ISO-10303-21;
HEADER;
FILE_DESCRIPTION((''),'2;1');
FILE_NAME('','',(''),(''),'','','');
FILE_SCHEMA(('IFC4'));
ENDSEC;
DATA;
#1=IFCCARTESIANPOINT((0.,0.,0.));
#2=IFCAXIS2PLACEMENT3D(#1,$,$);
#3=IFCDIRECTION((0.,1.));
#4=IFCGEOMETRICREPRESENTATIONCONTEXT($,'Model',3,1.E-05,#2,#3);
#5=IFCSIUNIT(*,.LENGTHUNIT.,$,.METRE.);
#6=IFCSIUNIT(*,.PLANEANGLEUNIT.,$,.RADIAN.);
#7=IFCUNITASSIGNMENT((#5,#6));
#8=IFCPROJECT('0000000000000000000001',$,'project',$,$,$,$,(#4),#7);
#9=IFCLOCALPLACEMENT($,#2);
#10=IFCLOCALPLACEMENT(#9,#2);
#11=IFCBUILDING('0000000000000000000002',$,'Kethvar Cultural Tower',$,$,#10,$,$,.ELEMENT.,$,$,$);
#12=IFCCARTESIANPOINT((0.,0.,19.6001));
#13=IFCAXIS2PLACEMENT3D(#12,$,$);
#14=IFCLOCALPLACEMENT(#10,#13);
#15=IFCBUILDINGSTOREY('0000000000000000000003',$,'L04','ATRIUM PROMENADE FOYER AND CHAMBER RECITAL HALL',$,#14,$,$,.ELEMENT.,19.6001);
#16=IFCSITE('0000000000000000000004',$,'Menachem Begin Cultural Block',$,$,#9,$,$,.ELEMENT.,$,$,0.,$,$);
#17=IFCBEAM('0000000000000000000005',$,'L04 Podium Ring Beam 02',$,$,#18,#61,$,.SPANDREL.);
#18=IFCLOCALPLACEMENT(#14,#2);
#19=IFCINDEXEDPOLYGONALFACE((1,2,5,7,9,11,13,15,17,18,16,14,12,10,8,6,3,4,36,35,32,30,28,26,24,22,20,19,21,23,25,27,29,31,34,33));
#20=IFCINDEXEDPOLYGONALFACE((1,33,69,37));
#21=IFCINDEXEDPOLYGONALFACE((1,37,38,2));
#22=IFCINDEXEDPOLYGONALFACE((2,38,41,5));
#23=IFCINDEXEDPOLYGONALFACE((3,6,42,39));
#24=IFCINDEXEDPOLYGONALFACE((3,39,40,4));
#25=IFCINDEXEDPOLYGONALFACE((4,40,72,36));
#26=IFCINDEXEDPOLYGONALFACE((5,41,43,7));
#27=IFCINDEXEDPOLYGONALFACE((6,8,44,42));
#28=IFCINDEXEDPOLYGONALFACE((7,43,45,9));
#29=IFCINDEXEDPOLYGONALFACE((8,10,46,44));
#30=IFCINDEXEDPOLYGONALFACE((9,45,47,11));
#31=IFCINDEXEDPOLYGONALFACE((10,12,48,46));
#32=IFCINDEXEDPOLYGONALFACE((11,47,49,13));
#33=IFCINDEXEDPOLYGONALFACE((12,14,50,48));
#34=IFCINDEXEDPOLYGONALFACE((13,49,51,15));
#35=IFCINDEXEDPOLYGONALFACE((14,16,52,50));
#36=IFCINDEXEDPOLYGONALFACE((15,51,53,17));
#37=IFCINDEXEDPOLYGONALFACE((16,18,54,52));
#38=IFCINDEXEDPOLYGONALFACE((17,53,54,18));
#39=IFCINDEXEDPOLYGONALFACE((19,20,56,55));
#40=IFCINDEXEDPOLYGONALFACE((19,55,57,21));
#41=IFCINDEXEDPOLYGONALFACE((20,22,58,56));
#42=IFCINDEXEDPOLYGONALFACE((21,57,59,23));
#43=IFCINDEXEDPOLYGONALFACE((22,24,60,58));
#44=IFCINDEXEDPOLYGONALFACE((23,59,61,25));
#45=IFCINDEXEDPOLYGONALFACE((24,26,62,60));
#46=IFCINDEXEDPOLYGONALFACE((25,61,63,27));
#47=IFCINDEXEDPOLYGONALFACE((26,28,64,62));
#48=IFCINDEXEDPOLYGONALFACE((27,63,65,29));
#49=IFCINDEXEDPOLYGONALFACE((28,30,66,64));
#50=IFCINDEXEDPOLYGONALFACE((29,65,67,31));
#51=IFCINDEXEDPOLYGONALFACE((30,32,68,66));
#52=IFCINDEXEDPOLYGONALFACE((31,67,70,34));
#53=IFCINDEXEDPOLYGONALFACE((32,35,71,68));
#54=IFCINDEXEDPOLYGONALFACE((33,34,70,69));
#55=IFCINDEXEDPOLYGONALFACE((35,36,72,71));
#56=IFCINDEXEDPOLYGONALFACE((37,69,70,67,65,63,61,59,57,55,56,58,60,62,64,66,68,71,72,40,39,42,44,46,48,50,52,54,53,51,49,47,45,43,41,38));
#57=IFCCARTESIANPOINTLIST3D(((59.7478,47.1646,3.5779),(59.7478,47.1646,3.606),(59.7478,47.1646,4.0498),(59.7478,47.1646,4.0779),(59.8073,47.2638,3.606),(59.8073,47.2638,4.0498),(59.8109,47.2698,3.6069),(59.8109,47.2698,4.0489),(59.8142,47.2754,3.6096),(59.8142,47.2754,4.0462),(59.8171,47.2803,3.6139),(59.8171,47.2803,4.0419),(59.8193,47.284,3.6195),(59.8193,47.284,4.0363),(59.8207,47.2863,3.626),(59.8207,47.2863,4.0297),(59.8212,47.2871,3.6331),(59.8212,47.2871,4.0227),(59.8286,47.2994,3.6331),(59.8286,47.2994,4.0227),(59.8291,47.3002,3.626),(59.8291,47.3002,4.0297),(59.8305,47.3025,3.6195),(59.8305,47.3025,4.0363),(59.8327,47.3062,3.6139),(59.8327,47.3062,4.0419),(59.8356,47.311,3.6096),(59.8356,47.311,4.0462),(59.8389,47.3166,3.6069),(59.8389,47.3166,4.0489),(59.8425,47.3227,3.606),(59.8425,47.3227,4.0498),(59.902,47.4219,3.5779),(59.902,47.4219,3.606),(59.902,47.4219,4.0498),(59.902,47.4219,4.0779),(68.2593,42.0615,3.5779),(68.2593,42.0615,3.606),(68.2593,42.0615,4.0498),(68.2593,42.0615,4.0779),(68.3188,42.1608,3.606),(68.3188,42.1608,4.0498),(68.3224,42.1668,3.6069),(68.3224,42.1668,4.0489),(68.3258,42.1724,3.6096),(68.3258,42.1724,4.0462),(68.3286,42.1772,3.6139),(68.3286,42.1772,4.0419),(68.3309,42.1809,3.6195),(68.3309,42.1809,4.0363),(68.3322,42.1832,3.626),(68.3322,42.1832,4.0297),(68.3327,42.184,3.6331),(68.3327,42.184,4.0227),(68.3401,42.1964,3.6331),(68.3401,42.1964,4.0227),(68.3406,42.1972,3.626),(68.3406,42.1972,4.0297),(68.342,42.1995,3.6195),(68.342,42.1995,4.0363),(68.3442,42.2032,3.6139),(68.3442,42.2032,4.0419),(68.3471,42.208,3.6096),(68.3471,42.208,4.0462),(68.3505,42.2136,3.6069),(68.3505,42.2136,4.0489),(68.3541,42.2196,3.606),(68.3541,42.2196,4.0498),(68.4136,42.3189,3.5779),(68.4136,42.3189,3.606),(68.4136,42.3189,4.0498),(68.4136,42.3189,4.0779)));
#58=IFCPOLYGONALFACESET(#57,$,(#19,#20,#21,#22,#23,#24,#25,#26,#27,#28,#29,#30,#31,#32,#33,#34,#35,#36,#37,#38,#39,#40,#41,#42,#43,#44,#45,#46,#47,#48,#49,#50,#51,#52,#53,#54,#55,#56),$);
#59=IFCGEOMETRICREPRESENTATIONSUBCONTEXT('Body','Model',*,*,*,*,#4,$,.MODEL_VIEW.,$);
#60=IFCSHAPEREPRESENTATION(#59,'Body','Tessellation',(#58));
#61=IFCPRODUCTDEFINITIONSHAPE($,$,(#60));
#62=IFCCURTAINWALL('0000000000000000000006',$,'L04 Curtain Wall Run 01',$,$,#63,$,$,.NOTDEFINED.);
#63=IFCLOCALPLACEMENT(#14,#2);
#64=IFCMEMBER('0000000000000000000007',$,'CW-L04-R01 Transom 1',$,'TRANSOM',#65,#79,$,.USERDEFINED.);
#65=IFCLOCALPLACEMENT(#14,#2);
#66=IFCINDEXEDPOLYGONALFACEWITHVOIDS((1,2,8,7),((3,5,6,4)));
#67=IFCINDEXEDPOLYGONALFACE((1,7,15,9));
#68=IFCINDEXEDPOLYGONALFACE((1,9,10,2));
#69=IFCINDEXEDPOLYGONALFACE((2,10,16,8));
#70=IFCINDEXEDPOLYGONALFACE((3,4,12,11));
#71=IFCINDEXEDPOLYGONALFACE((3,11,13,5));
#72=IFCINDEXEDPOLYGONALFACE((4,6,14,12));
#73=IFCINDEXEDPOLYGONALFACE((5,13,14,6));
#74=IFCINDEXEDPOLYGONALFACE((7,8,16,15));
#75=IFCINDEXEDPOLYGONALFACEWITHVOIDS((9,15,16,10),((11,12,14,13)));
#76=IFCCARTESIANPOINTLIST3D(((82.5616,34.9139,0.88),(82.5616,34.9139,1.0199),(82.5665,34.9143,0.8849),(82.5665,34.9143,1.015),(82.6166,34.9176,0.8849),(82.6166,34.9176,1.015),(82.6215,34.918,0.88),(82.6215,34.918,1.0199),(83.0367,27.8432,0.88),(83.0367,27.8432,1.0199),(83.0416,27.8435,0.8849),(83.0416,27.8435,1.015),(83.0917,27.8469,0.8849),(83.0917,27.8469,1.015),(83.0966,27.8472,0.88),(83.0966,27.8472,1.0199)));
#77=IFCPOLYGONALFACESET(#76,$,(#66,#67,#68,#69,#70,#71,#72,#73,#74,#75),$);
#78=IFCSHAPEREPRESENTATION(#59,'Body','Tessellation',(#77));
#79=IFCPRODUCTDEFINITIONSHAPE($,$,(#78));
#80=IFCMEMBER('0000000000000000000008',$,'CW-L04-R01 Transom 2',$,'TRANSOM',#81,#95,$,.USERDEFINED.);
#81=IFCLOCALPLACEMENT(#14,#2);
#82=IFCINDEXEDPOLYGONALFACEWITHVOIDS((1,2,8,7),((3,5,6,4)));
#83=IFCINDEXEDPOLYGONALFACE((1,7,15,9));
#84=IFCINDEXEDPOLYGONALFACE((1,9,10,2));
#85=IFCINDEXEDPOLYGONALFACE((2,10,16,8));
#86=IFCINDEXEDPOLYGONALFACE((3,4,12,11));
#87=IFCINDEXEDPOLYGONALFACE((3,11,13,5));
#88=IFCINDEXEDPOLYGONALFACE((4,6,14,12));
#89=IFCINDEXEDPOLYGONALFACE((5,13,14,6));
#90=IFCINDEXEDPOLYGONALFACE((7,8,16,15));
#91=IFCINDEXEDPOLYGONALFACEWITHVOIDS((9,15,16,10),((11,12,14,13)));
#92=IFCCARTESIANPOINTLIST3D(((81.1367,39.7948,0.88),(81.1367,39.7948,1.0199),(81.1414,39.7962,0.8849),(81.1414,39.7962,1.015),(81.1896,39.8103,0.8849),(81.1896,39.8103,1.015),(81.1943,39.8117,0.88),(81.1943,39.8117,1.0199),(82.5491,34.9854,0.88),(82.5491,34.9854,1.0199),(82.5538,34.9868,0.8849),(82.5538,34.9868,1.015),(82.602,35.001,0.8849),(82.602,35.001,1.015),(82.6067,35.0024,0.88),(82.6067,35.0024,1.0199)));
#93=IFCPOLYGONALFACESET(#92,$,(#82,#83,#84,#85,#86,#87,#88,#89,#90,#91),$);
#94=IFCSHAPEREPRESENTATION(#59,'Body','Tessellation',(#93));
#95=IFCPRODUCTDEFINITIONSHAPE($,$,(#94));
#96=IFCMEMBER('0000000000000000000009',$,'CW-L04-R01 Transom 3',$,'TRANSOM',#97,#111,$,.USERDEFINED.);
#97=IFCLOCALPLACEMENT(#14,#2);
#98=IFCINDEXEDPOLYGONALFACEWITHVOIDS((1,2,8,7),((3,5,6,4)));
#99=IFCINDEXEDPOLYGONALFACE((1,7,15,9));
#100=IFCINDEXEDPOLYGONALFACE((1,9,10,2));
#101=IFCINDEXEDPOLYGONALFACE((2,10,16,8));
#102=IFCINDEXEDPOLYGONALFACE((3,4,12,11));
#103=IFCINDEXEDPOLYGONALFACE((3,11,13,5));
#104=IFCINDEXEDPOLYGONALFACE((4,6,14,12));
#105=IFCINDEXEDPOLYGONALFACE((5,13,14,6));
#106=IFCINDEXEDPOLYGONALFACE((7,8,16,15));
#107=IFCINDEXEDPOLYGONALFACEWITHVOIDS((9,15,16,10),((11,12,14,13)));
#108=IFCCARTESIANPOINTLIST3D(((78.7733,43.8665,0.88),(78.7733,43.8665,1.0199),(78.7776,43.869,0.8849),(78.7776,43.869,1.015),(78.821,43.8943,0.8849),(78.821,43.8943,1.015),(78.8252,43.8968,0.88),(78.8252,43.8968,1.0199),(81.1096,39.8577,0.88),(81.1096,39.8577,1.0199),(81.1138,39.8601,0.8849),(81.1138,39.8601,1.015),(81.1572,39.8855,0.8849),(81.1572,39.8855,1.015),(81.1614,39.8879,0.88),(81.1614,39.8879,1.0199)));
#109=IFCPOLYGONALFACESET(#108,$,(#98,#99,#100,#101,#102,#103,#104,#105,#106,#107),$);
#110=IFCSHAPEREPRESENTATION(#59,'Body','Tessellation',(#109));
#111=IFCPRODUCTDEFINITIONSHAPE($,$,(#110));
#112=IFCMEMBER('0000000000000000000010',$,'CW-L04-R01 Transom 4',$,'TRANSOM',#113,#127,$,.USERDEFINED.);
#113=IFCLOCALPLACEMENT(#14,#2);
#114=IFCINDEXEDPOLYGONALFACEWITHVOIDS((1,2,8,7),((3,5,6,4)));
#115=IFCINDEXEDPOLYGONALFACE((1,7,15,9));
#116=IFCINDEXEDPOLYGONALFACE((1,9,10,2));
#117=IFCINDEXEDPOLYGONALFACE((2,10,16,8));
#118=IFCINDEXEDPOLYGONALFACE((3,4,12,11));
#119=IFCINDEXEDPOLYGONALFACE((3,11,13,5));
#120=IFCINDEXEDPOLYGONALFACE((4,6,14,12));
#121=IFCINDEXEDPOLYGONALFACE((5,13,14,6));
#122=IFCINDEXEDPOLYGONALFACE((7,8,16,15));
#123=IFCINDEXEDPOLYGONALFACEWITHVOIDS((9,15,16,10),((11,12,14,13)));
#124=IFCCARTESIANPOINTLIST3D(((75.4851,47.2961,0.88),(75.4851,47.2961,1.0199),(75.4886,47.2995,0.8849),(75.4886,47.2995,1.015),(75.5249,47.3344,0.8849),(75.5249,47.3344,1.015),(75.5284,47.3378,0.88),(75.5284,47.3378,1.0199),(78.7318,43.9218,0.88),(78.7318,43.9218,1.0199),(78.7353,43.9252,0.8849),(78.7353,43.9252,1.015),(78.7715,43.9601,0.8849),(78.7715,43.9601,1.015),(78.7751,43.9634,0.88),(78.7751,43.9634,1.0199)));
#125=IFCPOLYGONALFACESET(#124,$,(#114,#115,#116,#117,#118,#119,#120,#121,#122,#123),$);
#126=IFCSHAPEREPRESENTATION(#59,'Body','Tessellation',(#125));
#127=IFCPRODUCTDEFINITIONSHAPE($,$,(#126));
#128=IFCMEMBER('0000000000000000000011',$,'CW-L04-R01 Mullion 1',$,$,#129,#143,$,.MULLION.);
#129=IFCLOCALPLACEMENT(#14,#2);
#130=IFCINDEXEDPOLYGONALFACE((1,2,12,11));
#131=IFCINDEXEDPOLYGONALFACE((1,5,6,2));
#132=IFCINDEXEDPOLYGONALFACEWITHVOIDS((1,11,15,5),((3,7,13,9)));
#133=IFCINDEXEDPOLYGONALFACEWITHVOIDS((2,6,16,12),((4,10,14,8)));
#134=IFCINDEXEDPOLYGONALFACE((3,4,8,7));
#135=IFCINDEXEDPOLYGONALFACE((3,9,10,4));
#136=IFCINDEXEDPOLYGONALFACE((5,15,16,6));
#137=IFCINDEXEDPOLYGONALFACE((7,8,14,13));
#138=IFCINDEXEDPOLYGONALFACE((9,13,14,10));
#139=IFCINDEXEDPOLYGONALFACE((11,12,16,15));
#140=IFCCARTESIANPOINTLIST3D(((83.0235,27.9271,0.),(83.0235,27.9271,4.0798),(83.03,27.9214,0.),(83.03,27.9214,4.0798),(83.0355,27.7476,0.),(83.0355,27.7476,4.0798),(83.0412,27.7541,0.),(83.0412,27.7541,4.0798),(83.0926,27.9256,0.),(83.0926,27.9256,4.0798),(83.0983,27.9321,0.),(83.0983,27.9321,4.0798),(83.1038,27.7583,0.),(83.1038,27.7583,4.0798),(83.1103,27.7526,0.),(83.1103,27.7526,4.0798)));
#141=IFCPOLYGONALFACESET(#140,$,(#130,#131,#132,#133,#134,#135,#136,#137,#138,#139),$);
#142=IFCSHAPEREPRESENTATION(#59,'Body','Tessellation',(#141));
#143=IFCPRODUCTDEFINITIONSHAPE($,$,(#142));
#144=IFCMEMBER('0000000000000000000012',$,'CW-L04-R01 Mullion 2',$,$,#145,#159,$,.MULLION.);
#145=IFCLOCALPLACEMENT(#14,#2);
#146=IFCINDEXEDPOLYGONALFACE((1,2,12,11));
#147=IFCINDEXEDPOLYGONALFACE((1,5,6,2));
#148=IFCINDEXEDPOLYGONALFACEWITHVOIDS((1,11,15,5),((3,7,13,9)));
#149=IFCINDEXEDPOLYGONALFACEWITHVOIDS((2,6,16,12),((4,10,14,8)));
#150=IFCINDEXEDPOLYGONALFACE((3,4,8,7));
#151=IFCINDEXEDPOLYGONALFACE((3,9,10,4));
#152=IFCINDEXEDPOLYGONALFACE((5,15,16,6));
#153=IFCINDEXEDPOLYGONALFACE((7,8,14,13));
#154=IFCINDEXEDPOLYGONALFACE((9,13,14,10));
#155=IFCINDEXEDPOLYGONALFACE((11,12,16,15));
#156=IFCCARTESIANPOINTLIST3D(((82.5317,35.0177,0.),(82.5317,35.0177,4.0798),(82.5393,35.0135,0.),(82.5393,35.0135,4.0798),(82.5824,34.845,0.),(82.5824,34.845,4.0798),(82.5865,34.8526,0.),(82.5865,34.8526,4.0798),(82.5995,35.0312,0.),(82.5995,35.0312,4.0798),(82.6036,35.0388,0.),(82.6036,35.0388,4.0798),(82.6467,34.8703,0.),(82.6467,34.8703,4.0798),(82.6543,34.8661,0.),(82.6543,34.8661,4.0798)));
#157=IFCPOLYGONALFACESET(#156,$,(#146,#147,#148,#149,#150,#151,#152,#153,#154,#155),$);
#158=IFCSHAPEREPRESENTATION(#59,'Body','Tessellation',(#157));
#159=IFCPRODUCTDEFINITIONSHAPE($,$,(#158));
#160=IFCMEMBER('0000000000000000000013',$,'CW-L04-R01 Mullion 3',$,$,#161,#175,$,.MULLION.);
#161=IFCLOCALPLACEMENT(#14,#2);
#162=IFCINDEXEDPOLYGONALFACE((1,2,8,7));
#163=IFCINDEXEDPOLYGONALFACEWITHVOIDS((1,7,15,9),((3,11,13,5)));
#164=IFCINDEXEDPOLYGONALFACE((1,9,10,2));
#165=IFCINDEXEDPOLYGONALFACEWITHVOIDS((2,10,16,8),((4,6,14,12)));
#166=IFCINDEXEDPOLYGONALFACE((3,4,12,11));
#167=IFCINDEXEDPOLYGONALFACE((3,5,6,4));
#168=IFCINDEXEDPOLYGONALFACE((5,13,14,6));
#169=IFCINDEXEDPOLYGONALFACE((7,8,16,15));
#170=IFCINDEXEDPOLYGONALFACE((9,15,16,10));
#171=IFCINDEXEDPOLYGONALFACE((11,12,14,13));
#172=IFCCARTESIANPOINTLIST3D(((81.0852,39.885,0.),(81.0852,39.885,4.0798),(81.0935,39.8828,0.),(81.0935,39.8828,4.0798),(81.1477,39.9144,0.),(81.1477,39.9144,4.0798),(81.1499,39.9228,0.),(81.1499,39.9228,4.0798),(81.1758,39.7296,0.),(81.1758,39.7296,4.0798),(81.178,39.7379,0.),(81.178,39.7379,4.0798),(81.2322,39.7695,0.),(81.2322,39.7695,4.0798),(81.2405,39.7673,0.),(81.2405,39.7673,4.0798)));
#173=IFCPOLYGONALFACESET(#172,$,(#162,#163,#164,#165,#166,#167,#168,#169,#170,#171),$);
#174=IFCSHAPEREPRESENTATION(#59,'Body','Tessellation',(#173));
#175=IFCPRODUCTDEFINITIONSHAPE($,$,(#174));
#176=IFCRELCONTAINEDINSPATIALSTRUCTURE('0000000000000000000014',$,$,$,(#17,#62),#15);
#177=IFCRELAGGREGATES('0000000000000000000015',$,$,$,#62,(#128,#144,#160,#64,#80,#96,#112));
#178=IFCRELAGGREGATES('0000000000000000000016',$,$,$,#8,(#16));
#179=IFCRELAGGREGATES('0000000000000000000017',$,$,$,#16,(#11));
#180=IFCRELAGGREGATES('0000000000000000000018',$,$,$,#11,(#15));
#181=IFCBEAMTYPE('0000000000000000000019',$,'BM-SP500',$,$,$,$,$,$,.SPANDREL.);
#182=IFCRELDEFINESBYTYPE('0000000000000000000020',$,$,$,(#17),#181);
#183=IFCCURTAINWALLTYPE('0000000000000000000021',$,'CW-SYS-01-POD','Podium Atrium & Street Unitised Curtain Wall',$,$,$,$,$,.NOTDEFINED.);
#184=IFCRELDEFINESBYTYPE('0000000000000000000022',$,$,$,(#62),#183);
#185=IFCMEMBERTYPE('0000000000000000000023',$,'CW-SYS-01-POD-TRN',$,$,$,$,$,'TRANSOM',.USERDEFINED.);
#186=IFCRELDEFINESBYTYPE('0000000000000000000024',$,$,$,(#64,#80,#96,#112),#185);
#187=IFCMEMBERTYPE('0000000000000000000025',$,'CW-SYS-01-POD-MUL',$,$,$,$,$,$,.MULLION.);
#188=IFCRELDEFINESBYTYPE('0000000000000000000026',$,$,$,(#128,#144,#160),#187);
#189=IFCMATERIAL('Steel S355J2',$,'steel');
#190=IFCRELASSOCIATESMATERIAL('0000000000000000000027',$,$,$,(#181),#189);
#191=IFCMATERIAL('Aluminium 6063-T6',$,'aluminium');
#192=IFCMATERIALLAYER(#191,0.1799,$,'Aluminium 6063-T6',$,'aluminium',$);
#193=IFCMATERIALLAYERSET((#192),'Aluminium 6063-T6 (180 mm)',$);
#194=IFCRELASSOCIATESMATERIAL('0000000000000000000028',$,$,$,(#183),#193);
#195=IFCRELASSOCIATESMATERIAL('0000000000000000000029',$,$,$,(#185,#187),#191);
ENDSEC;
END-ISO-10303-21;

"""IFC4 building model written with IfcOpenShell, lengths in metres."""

from ifc_helpers import new_model, si_unit, direction, frame, origin, origin_2d, place, context, subcontext, project, spatial, hollow_rectangle, i_section, extrude, source, transform, mapped, material, layer, layer_set, material_profile, profile_set, type_object, element, aggregate, save


model = new_model("IFC4")

# Units and contexts
model_context = context("Model", 3, precision=1e-05, world=origin(), true_north=direction((0.0, 1.0)))
body_context = subcontext(model_context, "Body", "Model", "MODEL_VIEW")
ifc_project = project(units=[si_unit("LENGTHUNIT", "METRE"), si_unit("PLANEANGLEUNIT", "RADIAN")], contexts=[model_context])

# Site, building, storey
site_placement = place(None, origin())
site = spatial("IfcSite", under=ifc_project, at=site_placement, Name="Menachem Begin Cultural Block", CompositionType="ELEMENT", RefElevation=0.0)
building_placement = place(site_placement, origin())
building = spatial("IfcBuilding", under=site, at=building_placement, Name="Kethvar Cultural Tower", CompositionType="ELEMENT")
storey_placement = place(building_placement, frame((0.0, 0.0, 19.6001)))
storey = spatial("IfcBuildingStorey", under=building, at=storey_placement, Name="L04", Description="ATRIUM PROMENADE FOYER AND CHAMBER RECITAL HALL", CompositionType="ELEMENT", Elevation=19.6001)

# Beam
ifc_material_1 = material(Name="Steel S355J2", Category="steel")
ifc_material_profile_1 = material_profile(ifc_material_1, i_section(OverallWidth=0.3, OverallDepth=0.5, WebThickness=0.0144, FlangeThickness=0.0281, FilletRadius=0.0271, at=origin_2d()), Name="Steel S355J2 — HEB500")
ifc_profile_set_1 = profile_set([ifc_material_profile_1], Name="Steel S355J2 — HEB500")
beam_type = type_object("IfcBeamType", Name="BM-SP500", PredefinedType="SPANDREL", material=ifc_profile_set_1)
shared_shape_1 = source(origin(), body_context, "Body", "SweptSolid", [
    extrude(i_section(OverallWidth=0.3, OverallDepth=0.5, WebThickness=0.0144, FlangeThickness=0.0281, FilletRadius=0.0271, at=origin_2d()), origin(), (0.0, 0.0, 1.0), 9.9241),
])
beam_1_placement = place(storey_placement, frame((68.3364, 42.1902, 3.8279), z_axis=(-0.857664, 0.51421, 0.0), x_axis=(-0.51421, -0.857664, 0.0)))
element("IfcBeam", 1, at=beam_1_placement, inside=storey, type_object=beam_type, Name="L04 Podium Ring Beam 02", PredefinedType="SPANDREL", context=body_context, shape_type="MappedRepresentation", body=[
    mapped(shared_shape_1, transform((0.0, 0.0, 0.0), scale=1.0)),
])

# Curtain wall, members
ifc_material_2 = material(Name="Aluminium 6063-T6", Category="aluminium")
ifc_layer_1 = layer(ifc_material_2, 0.1799, Name="Aluminium 6063-T6", Category="aluminium")
ifc_layer_set_1 = layer_set([ifc_layer_1], Name="Aluminium 6063-T6 (180 mm)")
curtain_wall_type = type_object("IfcCurtainWallType", Name="CW-SYS-01-POD", Description="Podium Atrium & Street Unitised Curtain Wall", PredefinedType="NOTDEFINED", material=ifc_layer_set_1)
curtain_wall_1_placement = place(storey_placement, origin())
curtain_wall_1 = element("IfcCurtainWall", 2, at=curtain_wall_1_placement, inside=storey, type_object=curtain_wall_type, Name="L04 Curtain Wall Run 01", PredefinedType="NOTDEFINED")
ifc_material_profile_2 = material_profile(ifc_material_2, hollow_rectangle(XDim=0.0601, YDim=0.1399, WallThickness=0.0049, at=origin_2d()), Name="Aluminium 6063-T6 — RHS140x60x5")
ifc_profile_set_2 = profile_set([ifc_material_profile_2], Name="Aluminium 6063-T6 — RHS140x60x5")
member_type_1 = type_object("IfcMemberType", Name="CW-SYS-01-POD-TRN", ElementType="TRANSOM", PredefinedType="USERDEFINED", material=ifc_profile_set_2)
shared_shape_2 = source(origin(), body_context, "Body", "SweptSolid", [
    extrude(hollow_rectangle(XDim=0.0601, YDim=0.1399, WallThickness=0.0049, at=origin_2d()), origin(), (0.0, 0.0, 1.0), 7.0867),
])
member_1_placement = place(storey_placement, frame((83.0667, 27.8452, 0.95), z_axis=(-0.06704, 0.99775, 0.0), x_axis=(-0.99775, -0.06704, 0.0)))
member_1 = element("IfcMember", 3, at=member_1_placement, type_object=member_type_1, Name="CW-L04-R01 Transom 1", ObjectType="TRANSOM", PredefinedType="USERDEFINED", context=body_context, shape_type="MappedRepresentation", body=[
    mapped(shared_shape_2, transform((0.0, 0.0, 0.0), scale=1.0)),
])
shared_shape_3 = source(origin(), body_context, "Body", "SweptSolid", [
    extrude(hollow_rectangle(XDim=0.0601, YDim=0.1399, WallThickness=0.0049, at=origin_2d()), origin(), (0.0, 0.0, 1.0), 5.0125),
])
member_2_placement = place(storey_placement, frame((82.5779, 34.9939, 0.95), z_axis=(-0.281771, 0.959482, 0.0), x_axis=(-0.959482, -0.281771, 0.0)))
member_2 = element("IfcMember", 4, at=member_2_placement, type_object=member_type_1, Name="CW-L04-R01 Transom 2", ObjectType="TRANSOM", PredefinedType="USERDEFINED", context=body_context, shape_type="MappedRepresentation", body=[
    mapped(shared_shape_3, transform((0.0, 0.0, 0.0), scale=1.0)),
])
shared_shape_4 = source(origin(), body_context, "Body", "SweptSolid", [
    extrude(hollow_rectangle(XDim=0.0601, YDim=0.1399, WallThickness=0.0049, at=origin_2d()), origin(), (0.0, 0.0, 1.0), 4.6399),
])
member_3_placement = place(storey_placement, frame((81.1355, 39.8728, 0.95), z_axis=(-0.503505, 0.863993, 0.0), x_axis=(-0.863993, -0.503505, 0.0)))
member_3 = element("IfcMember", 5, at=member_3_placement, type_object=member_type_1, Name="CW-L04-R01 Transom 3", ObjectType="TRANSOM", PredefinedType="USERDEFINED", context=body_context, shape_type="MappedRepresentation", body=[
    mapped(shared_shape_4, transform((0.0, 0.0, 0.0), scale=1.0)),
])
shared_shape_5 = source(origin(), body_context, "Body", "SweptSolid", [
    extrude(hollow_rectangle(XDim=0.0601, YDim=0.1399, WallThickness=0.0049, at=origin_2d()), origin(), (0.0, 0.0, 1.0), 4.6826),
])
member_4_placement = place(storey_placement, frame((78.7534, 43.9426, 0.95), z_axis=(-0.693341, 0.72061, 0.0), x_axis=(-0.72061, -0.693341, 0.0)))
member_4 = element("IfcMember", 6, at=member_4_placement, type_object=member_type_1, Name="CW-L04-R01 Transom 4", ObjectType="TRANSOM", PredefinedType="USERDEFINED", context=body_context, shape_type="MappedRepresentation", body=[
    mapped(shared_shape_5, transform((0.0, 0.0, 0.0), scale=1.0)),
])
ifc_material_profile_3 = material_profile(ifc_material_2, hollow_rectangle(XDim=0.075, YDim=0.1799, WallThickness=0.0061, at=origin_2d()), Name="Aluminium 6063-T6 — RHS180x75x6")
ifc_profile_set_3 = profile_set([ifc_material_profile_3], Name="Aluminium 6063-T6 — RHS180x75x6")
member_type_2 = type_object("IfcMemberType", Name="CW-SYS-01-POD-MUL", PredefinedType="MULLION", material=ifc_profile_set_3)
shared_shape_6 = source(origin(), body_context, "Body", "SweptSolid", [
    extrude(hollow_rectangle(XDim=0.075, YDim=0.1799, WallThickness=0.0061, at=origin_2d()), origin(), (0.0, 0.0, 1.0), 4.0798),
])
member_5_placement = place(storey_placement, frame((83.0669, 27.8398, 0.0), z_axis=(0.0, 0.0, 1.0), x_axis=(-0.99775, -0.06704, 0.0)))
member_5 = element("IfcMember", 7, at=member_5_placement, type_object=member_type_2, Name="CW-L04-R01 Mullion 1", PredefinedType="MULLION", context=body_context, shape_type="MappedRepresentation", body=[
    mapped(shared_shape_6, transform((0.0, 0.0, 0.0), scale=1.0)),
])
member_6_placement = place(storey_placement, frame((82.593, 34.9419, 0.0), z_axis=(0.0, 0.0, 1.0), x_axis=(-0.959496, -0.281722, 0.0)))
member_6 = element("IfcMember", 8, at=member_6_placement, type_object=member_type_2, Name="CW-L04-R01 Mullion 2", PredefinedType="MULLION", context=body_context, shape_type="MappedRepresentation", body=[
    mapped(shared_shape_6, transform((0.0, 0.0, 0.0), scale=1.0)),
])
member_7_placement = place(storey_placement, frame((81.1628, 39.8262, 0.0), z_axis=(0.0, 0.0, 1.0), x_axis=(-0.863985, -0.503518, 0.0)))
member_7 = element("IfcMember", 9, at=member_7_placement, type_object=member_type_2, Name="CW-L04-R01 Mullion 3", PredefinedType="MULLION", context=body_context, shape_type="MappedRepresentation", body=[
    mapped(shared_shape_6, transform((0.0, 0.0, 0.0), scale=1.0)),
])

aggregate(curtain_wall_1, [member_5, member_6, member_7, member_1, member_2, member_3, member_4])

save(model, "model.ifc")
